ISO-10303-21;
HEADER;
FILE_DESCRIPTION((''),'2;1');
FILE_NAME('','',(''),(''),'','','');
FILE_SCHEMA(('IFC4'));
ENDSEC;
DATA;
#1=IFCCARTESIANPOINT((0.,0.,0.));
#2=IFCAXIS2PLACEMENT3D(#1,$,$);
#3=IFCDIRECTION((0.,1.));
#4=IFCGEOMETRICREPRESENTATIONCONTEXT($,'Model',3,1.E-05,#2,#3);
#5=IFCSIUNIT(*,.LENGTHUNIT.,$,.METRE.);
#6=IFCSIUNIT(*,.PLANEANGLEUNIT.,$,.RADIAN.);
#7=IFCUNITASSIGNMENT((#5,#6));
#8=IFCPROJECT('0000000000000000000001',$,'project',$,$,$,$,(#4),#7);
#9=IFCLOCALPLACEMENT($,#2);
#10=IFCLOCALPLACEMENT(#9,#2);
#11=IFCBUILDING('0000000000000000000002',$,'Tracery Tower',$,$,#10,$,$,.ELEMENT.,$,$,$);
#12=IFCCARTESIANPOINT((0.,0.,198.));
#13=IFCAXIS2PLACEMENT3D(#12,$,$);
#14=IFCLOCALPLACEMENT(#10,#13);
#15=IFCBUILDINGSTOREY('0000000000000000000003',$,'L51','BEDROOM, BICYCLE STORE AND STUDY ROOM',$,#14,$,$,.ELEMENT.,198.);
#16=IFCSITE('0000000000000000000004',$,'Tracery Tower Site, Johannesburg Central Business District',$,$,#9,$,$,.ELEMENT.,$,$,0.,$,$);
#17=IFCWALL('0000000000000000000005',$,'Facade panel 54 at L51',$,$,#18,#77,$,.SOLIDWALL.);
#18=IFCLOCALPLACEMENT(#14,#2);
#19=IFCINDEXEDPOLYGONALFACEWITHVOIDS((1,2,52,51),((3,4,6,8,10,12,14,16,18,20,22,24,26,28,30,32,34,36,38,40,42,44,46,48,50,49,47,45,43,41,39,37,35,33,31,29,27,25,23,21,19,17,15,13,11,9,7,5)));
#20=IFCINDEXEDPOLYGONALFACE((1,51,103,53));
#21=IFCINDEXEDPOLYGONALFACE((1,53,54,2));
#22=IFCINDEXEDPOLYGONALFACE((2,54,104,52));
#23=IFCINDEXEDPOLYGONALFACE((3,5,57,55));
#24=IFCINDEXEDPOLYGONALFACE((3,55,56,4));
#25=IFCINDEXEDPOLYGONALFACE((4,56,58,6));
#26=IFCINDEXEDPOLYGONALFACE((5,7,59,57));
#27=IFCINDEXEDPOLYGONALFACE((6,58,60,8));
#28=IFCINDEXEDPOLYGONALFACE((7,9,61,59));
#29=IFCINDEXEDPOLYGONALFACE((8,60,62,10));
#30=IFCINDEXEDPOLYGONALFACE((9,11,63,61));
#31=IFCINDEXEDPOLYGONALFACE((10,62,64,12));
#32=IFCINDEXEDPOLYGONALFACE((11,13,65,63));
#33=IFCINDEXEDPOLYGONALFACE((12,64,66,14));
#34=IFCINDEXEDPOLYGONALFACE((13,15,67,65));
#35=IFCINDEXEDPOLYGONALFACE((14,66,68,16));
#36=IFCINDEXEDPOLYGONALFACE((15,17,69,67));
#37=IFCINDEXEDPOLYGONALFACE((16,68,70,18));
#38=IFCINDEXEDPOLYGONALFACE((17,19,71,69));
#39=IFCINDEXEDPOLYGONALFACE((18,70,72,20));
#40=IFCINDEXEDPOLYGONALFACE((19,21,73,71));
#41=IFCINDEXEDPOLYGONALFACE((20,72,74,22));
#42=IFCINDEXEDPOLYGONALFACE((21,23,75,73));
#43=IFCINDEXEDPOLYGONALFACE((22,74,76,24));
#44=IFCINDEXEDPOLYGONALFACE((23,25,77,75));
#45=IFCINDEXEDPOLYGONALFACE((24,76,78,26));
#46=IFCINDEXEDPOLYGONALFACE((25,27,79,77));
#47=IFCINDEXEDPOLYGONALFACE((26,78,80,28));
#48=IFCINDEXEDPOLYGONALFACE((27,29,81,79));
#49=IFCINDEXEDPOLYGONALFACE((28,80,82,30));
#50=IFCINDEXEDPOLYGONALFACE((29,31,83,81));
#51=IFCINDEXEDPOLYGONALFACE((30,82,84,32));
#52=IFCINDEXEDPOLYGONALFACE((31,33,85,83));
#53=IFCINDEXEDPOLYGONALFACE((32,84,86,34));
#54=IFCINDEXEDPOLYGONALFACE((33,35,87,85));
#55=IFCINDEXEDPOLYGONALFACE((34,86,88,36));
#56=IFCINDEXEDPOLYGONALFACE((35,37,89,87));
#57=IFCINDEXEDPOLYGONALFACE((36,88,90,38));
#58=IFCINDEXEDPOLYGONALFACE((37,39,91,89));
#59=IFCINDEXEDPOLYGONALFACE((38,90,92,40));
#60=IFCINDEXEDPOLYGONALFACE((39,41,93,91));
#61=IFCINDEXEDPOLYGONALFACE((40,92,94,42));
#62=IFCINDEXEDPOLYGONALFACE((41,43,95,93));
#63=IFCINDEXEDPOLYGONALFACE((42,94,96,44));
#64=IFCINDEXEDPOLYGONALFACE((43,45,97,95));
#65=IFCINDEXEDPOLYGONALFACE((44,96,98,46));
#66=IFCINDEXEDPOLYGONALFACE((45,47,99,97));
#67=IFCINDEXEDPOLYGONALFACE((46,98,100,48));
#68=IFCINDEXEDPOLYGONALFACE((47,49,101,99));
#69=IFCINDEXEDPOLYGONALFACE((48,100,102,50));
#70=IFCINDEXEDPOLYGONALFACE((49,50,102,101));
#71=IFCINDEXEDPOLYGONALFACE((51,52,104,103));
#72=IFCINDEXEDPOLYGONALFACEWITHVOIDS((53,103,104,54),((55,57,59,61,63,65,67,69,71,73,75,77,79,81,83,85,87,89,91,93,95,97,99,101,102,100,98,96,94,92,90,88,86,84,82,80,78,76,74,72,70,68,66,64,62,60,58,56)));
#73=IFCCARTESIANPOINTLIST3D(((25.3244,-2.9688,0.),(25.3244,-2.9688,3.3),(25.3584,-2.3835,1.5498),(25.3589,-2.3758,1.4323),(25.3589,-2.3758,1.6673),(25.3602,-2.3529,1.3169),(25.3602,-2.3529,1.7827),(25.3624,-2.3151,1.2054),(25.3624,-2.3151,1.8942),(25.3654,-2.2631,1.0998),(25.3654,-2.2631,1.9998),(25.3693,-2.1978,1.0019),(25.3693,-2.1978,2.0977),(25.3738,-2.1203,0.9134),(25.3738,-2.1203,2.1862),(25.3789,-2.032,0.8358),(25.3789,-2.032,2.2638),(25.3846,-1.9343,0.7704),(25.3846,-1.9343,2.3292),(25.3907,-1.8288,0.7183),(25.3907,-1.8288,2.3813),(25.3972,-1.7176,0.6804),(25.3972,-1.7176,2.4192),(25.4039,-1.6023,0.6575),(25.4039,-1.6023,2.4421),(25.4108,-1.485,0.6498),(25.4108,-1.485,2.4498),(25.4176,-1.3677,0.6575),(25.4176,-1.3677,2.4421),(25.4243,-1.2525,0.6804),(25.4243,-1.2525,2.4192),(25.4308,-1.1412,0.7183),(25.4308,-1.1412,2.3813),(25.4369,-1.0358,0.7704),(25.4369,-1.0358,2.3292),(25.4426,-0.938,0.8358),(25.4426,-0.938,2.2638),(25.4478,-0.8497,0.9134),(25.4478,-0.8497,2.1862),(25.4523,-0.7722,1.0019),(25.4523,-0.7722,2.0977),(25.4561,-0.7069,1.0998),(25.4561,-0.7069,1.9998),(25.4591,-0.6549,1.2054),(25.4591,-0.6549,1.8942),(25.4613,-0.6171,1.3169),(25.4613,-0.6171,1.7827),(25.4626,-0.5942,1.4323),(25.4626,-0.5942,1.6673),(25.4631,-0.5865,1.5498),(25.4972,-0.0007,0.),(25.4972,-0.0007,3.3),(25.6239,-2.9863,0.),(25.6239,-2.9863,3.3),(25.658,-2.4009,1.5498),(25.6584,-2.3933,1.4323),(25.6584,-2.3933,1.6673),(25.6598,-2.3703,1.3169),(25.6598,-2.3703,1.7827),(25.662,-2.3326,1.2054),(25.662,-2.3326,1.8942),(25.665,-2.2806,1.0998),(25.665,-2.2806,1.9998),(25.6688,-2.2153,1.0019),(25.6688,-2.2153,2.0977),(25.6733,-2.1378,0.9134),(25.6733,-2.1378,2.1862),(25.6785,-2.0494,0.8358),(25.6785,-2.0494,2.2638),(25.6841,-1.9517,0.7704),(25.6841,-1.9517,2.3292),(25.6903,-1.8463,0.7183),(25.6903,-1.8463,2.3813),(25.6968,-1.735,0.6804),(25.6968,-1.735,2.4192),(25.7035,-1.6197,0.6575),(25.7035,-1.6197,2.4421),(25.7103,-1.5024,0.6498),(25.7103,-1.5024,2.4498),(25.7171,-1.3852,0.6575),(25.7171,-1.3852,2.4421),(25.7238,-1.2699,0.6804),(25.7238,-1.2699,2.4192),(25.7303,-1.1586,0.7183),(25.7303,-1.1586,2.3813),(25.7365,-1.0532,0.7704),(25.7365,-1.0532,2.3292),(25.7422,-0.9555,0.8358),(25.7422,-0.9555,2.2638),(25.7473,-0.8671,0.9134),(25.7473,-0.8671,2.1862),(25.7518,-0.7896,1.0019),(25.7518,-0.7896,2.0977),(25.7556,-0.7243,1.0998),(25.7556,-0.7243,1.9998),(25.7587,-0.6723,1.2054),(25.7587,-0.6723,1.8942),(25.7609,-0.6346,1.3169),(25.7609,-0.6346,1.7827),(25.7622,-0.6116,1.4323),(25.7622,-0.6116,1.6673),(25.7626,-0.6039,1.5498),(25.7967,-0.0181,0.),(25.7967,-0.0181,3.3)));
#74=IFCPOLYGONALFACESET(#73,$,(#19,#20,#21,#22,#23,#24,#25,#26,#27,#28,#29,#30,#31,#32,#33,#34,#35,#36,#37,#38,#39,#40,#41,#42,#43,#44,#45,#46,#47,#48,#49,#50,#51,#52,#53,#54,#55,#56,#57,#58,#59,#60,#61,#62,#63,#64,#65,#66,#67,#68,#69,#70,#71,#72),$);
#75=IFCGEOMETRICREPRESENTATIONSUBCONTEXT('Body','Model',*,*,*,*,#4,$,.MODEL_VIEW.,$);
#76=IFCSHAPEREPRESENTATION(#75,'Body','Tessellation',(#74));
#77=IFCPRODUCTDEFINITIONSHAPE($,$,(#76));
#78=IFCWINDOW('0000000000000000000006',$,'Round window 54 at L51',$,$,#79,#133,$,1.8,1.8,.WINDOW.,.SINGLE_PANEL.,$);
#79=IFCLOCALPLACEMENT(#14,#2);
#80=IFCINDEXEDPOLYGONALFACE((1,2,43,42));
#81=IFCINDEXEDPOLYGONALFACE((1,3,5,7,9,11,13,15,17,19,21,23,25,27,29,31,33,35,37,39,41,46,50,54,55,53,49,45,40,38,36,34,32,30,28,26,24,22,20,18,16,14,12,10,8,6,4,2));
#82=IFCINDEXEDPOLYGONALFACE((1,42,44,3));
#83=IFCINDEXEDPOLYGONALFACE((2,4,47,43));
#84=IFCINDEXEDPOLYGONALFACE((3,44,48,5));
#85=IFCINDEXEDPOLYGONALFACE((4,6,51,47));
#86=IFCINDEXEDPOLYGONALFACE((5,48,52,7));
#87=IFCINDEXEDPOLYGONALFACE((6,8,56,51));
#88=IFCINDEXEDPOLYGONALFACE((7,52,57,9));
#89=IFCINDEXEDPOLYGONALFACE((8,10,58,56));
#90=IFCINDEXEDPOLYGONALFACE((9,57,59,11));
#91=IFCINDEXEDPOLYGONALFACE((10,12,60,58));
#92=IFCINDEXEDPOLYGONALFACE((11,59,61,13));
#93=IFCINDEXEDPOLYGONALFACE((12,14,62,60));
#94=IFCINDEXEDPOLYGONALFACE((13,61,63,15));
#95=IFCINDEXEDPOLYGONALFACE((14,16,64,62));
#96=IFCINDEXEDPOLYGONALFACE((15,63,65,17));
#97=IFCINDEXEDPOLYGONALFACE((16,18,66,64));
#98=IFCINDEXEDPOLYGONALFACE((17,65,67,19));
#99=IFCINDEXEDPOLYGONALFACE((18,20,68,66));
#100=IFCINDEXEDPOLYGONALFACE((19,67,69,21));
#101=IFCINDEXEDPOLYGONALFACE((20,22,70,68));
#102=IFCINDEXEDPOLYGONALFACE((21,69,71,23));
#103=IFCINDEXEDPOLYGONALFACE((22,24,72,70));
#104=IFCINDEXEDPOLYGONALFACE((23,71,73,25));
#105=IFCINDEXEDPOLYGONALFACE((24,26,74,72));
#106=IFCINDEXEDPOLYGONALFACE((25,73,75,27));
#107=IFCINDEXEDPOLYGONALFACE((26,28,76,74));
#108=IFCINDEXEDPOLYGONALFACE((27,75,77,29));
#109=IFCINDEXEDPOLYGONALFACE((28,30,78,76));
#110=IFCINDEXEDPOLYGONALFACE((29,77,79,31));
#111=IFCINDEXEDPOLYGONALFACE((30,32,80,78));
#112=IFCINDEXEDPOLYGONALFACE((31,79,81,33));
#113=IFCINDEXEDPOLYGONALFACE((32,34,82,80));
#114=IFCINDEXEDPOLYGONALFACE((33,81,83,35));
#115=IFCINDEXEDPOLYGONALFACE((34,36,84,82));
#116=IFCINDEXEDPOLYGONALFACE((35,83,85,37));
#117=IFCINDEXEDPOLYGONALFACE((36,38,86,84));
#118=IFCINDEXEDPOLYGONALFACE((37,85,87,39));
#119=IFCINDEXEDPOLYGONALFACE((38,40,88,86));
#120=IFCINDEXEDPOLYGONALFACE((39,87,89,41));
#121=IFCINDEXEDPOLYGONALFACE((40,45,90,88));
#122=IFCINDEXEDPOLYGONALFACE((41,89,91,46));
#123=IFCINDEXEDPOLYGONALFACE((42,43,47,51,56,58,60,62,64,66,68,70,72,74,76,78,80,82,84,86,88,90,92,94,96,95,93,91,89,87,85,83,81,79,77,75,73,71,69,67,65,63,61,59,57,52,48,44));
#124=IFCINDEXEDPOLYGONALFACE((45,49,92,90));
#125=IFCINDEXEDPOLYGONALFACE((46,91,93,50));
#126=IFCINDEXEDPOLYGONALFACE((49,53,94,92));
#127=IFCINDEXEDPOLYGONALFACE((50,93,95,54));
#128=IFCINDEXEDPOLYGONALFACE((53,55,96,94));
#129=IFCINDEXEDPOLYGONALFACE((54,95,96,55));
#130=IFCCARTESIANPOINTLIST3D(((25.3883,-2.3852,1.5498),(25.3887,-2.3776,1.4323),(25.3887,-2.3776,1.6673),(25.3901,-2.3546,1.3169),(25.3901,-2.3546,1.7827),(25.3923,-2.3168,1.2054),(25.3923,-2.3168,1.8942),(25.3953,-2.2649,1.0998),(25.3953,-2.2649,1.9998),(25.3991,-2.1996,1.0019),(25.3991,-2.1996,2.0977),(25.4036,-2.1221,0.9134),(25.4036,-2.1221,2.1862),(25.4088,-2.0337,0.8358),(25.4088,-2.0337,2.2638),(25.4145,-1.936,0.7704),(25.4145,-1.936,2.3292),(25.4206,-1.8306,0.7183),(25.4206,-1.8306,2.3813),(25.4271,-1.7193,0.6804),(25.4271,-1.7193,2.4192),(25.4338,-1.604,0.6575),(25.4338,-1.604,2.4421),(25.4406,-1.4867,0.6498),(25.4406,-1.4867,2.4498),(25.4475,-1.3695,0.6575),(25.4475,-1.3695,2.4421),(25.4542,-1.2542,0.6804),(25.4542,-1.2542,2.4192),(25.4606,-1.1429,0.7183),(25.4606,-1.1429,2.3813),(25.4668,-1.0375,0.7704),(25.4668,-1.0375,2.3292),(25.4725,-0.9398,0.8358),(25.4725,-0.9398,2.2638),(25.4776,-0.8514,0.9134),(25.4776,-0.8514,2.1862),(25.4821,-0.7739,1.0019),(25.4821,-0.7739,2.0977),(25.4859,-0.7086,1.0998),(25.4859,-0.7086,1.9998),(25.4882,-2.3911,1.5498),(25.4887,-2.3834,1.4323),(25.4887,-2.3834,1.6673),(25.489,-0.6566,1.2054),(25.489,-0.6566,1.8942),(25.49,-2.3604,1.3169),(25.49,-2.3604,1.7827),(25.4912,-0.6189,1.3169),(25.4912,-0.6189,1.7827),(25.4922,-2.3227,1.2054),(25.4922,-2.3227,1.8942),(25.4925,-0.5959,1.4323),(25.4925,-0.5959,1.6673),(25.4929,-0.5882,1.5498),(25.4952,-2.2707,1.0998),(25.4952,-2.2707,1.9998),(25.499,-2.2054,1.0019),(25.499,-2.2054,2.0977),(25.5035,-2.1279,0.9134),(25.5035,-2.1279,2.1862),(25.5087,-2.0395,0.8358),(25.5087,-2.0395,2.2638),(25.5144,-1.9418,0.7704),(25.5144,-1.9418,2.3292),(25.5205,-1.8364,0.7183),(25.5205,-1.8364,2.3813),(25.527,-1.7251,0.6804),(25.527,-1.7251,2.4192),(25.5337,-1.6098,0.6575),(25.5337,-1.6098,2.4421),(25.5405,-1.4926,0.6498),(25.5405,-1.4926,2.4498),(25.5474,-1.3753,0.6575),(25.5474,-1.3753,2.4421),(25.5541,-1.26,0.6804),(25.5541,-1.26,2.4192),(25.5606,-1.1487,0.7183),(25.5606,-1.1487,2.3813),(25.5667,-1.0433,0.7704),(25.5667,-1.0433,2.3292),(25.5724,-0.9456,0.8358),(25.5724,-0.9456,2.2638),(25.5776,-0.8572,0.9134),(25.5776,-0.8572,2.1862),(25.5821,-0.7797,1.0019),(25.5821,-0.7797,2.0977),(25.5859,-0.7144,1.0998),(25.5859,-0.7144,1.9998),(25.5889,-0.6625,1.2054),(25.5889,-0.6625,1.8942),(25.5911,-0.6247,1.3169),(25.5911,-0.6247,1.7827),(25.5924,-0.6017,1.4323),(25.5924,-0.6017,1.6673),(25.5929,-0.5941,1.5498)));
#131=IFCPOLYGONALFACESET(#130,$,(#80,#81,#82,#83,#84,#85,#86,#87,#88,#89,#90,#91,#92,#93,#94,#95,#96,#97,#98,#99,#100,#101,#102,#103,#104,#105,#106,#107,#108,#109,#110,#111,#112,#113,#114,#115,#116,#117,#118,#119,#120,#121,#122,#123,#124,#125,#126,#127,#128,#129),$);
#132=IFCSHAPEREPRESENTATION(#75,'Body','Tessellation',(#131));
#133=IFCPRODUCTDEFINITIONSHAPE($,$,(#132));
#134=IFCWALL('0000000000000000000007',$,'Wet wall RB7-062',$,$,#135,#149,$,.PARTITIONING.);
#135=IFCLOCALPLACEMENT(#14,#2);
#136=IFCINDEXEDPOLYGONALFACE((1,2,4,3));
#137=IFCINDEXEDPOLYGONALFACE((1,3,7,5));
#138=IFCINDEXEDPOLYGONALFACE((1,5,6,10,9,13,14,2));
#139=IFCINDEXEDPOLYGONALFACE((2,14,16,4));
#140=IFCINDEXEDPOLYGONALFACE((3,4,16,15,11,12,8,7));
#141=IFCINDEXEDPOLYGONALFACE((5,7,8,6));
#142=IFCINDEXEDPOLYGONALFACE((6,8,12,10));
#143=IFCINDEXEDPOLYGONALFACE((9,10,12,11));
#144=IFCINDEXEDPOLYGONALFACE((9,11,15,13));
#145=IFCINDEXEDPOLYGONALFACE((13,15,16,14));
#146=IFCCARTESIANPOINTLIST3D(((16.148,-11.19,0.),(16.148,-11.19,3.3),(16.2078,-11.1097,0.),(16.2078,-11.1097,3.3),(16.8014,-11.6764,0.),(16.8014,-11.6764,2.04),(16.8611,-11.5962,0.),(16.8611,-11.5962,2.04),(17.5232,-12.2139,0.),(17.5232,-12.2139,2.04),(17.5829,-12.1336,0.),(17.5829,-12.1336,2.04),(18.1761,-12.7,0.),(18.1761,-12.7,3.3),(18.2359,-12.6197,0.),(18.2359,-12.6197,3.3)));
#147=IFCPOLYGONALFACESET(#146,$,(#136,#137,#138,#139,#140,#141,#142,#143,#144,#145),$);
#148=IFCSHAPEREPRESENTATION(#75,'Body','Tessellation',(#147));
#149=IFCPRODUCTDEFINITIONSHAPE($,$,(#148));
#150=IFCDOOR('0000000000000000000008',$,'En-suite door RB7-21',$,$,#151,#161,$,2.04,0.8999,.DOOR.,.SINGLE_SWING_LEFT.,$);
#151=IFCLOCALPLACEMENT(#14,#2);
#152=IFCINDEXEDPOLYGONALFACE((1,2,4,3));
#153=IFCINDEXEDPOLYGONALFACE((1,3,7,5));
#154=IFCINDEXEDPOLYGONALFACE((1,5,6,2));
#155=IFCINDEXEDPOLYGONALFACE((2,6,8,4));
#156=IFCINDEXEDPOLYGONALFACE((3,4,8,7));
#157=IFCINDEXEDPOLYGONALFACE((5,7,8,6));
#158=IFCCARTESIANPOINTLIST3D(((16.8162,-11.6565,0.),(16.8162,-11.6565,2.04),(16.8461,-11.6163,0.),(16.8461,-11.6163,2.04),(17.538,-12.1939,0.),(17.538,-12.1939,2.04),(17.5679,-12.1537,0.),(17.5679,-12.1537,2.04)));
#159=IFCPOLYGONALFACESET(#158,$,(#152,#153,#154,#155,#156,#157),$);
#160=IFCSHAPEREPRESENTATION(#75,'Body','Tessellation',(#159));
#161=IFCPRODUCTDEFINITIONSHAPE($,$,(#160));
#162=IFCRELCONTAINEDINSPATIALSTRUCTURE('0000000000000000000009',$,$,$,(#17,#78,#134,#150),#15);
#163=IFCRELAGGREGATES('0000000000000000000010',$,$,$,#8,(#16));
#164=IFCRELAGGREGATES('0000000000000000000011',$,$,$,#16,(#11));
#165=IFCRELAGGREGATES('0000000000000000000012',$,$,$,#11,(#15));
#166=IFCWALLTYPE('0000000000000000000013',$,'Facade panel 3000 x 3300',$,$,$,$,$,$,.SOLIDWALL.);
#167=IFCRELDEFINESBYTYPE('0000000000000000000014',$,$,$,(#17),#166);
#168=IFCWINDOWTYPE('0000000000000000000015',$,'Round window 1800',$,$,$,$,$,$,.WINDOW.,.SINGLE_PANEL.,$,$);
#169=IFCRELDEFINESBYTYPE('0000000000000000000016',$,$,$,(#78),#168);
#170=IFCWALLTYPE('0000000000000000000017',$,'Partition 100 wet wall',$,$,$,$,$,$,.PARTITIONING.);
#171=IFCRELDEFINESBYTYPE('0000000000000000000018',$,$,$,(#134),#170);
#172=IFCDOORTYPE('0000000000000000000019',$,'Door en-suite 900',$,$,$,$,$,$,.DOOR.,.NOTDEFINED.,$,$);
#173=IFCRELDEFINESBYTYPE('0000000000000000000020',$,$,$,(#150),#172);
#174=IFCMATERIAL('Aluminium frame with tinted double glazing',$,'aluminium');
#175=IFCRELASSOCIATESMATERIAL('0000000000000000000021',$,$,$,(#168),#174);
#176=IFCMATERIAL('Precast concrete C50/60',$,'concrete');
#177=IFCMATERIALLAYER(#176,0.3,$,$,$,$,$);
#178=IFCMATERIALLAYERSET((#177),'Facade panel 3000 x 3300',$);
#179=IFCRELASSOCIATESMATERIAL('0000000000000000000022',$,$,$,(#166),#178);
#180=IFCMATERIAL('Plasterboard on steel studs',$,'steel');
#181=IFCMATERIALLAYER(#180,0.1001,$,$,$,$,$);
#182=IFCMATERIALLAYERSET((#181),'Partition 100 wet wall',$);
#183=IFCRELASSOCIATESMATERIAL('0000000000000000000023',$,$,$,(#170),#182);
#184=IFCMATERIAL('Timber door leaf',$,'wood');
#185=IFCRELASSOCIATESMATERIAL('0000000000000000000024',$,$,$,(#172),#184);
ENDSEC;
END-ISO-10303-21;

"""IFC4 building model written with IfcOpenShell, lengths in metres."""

from ifc_helpers import new_model, si_unit, direction, frame, frame_2d, origin, origin_2d, place, context, subcontext, project, spatial, rectangle, circle, extrude, material, layer, layer_set, type_object, element, fill, save


model = new_model("IFC4")

# Units and contexts
model_context = context("Model", 3, precision=1e-05, world=origin(), true_north=direction((0.0, 1.0)))
body_context = subcontext(model_context, "Body", "Model", "MODEL_VIEW")
ifc_project = project(units=[si_unit("LENGTHUNIT", "METRE"), si_unit("PLANEANGLEUNIT", "RADIAN")], contexts=[model_context])

# Site, building, storey
site_placement = place(None, origin())
site = spatial("IfcSite", under=ifc_project, at=site_placement, Name="Tracery Tower Site, Johannesburg Central Business District", CompositionType="ELEMENT", RefElevation=0.0)
building_placement = place(site_placement, origin())
building = spatial("IfcBuilding", under=site, at=building_placement, Name="Tracery Tower", CompositionType="ELEMENT")
storey_placement = place(building_placement, frame((0.0, 0.0, 198.0)))
storey = spatial("IfcBuildingStorey", under=building, at=storey_placement, Name="L51", Description="BEDROOM, BICYCLE STORE AND STUDY ROOM", CompositionType="ELEMENT", Elevation=198.0)

# Wall, opening, window
ifc_material_1 = material(Name="Aluminium frame with tinted double glazing", Category="aluminium")
window_type = type_object("IfcWindowType", Name="Round window 1800", PartitioningType="SINGLE_PANEL", PredefinedType="WINDOW", material=ifc_material_1)
ifc_material_2 = material(Name="Precast concrete C50/60", Category="concrete")
ifc_layer_1 = layer(ifc_material_2, 0.3)
ifc_layer_set_1 = layer_set([ifc_layer_1], Name="Facade panel 3000 x 3300")
wall_type_1 = type_object("IfcWallType", Name="Facade panel 3000 x 3300", PredefinedType="SOLIDWALL", material=ifc_layer_set_1)
wall_1_placement = place(storey_placement, frame((25.4741, -2.9775, 0.0), z_axis=(0.0, 0.0, 1.0), x_axis=(0.05814, 0.998308, 0.0)))
wall_1 = element("IfcWall", 1, at=wall_1_placement, inside=storey, type_object=wall_type_1, Name="Facade panel 54 at L51", PredefinedType="SOLIDWALL", context=body_context, shape_type="SweptSolid", body=[
    extrude(rectangle(XDim=2.9731, YDim=0.3, at=frame_2d((1.4866, 0.0))), origin(), (0.0, 0.0, 1.0), 3.3),
])
opening_1_placement = place(wall_1_placement, frame((1.4863, 0.0, 1.5498)))
opening_1 = element("IfcOpeningElement", 2, at=opening_1_placement, cuts=wall_1, PredefinedType="OPENING", context=body_context, shape_type="SweptSolid", body=[
    extrude(circle(Radius=0.9, at=origin_2d()), frame((0.0, 0.1599, 0.0), z_axis=(0.0, -1.0, 0.0), x_axis=(1.0, 0.0, 0.0)), (0.0, 0.0, 1.0), 0.3201),
])
window_1_placement = place(opening_1_placement, origin())
window_1 = element("IfcWindow", 3, at=window_1_placement, inside=storey, type_object=window_type, Name="Round window 54 at L51", OverallHeight=1.8, OverallWidth=1.8, PartitioningType="SINGLE_PANEL", PredefinedType="WINDOW", context=body_context, shape_type="SweptSolid", body=[
    extrude(circle(Radius=0.9, at=origin_2d()), frame((0.0, 0.1201, 0.0), z_axis=(0.0, -1.0, 0.0), x_axis=(1.0, 0.0, 0.0)), (0.0, 0.0, 1.0), 0.1001),
])
fill(opening_1, window_1)

# Wall, opening, door
ifc_material_3 = material(Name="Plasterboard on steel studs", Category="steel")
ifc_layer_2 = layer(ifc_material_3, 0.1001)
ifc_layer_set_2 = layer_set([ifc_layer_2], Name="Partition 100 wet wall")
wall_type_2 = type_object("IfcWallType", Name="Partition 100 wet wall", PredefinedType="PARTITIONING", material=ifc_layer_set_2)
wall_2_placement = place(storey_placement, frame((16.178, -11.1499, 0.0), z_axis=(0.0, 0.0, 1.0), x_axis=(0.802092, -0.5972, 0.0)))
wall_2 = element("IfcWall", 4, at=wall_2_placement, inside=storey, type_object=wall_type_2, Name="Wet wall RB7-062", PredefinedType="PARTITIONING", context=body_context, shape_type="SweptSolid", body=[
    extrude(rectangle(XDim=2.5286, YDim=0.1001, at=frame_2d((1.2642, 0.0))), origin(), (0.0, 0.0, 1.0), 3.3),
])
opening_2_placement = place(wall_2_placement, frame((0.8145, 0.0, 0.0)))
opening_2 = element("IfcOpeningElement", 5, at=opening_2_placement, cuts=wall_2, PredefinedType="OPENING", context=body_context, shape_type="SweptSolid", body=[
    extrude(rectangle(XDim=0.8999, YDim=2.04, at=frame_2d((0.45, 1.02))), frame((0.0, 0.05, 0.0), z_axis=(0.0, -1.0, 0.0), x_axis=(1.0, 0.0, 0.0)), (0.0, 0.0, 1.0), 0.1001),
])
ifc_material_4 = material(Name="Timber door leaf", Category="wood")
door_type_1 = type_object("IfcDoorType", Name="Door en-suite 900", OperationType="NOTDEFINED", PredefinedType="DOOR", material=ifc_material_4)
door_1_placement = place(opening_2_placement, origin())
door_1 = element("IfcDoor", 6, at=door_1_placement, inside=storey, type_object=door_type_1, Name="En-suite door RB7-21", OperationType="SINGLE_SWING_LEFT", OverallHeight=2.04, OverallWidth=0.8999, PredefinedType="DOOR", context=body_context, shape_type="SweptSolid", body=[
    extrude(rectangle(XDim=0.8999, YDim=2.04, at=frame_2d((0.45, 1.02))), frame((0.0, 0.0249, 0.0), z_axis=(0.0, -1.0, 0.0), x_axis=(1.0, 0.0, 0.0)), (0.0, 0.0, 1.0), 0.05),
])
fill(opening_2, door_1)

save(model, "model.ifc")
